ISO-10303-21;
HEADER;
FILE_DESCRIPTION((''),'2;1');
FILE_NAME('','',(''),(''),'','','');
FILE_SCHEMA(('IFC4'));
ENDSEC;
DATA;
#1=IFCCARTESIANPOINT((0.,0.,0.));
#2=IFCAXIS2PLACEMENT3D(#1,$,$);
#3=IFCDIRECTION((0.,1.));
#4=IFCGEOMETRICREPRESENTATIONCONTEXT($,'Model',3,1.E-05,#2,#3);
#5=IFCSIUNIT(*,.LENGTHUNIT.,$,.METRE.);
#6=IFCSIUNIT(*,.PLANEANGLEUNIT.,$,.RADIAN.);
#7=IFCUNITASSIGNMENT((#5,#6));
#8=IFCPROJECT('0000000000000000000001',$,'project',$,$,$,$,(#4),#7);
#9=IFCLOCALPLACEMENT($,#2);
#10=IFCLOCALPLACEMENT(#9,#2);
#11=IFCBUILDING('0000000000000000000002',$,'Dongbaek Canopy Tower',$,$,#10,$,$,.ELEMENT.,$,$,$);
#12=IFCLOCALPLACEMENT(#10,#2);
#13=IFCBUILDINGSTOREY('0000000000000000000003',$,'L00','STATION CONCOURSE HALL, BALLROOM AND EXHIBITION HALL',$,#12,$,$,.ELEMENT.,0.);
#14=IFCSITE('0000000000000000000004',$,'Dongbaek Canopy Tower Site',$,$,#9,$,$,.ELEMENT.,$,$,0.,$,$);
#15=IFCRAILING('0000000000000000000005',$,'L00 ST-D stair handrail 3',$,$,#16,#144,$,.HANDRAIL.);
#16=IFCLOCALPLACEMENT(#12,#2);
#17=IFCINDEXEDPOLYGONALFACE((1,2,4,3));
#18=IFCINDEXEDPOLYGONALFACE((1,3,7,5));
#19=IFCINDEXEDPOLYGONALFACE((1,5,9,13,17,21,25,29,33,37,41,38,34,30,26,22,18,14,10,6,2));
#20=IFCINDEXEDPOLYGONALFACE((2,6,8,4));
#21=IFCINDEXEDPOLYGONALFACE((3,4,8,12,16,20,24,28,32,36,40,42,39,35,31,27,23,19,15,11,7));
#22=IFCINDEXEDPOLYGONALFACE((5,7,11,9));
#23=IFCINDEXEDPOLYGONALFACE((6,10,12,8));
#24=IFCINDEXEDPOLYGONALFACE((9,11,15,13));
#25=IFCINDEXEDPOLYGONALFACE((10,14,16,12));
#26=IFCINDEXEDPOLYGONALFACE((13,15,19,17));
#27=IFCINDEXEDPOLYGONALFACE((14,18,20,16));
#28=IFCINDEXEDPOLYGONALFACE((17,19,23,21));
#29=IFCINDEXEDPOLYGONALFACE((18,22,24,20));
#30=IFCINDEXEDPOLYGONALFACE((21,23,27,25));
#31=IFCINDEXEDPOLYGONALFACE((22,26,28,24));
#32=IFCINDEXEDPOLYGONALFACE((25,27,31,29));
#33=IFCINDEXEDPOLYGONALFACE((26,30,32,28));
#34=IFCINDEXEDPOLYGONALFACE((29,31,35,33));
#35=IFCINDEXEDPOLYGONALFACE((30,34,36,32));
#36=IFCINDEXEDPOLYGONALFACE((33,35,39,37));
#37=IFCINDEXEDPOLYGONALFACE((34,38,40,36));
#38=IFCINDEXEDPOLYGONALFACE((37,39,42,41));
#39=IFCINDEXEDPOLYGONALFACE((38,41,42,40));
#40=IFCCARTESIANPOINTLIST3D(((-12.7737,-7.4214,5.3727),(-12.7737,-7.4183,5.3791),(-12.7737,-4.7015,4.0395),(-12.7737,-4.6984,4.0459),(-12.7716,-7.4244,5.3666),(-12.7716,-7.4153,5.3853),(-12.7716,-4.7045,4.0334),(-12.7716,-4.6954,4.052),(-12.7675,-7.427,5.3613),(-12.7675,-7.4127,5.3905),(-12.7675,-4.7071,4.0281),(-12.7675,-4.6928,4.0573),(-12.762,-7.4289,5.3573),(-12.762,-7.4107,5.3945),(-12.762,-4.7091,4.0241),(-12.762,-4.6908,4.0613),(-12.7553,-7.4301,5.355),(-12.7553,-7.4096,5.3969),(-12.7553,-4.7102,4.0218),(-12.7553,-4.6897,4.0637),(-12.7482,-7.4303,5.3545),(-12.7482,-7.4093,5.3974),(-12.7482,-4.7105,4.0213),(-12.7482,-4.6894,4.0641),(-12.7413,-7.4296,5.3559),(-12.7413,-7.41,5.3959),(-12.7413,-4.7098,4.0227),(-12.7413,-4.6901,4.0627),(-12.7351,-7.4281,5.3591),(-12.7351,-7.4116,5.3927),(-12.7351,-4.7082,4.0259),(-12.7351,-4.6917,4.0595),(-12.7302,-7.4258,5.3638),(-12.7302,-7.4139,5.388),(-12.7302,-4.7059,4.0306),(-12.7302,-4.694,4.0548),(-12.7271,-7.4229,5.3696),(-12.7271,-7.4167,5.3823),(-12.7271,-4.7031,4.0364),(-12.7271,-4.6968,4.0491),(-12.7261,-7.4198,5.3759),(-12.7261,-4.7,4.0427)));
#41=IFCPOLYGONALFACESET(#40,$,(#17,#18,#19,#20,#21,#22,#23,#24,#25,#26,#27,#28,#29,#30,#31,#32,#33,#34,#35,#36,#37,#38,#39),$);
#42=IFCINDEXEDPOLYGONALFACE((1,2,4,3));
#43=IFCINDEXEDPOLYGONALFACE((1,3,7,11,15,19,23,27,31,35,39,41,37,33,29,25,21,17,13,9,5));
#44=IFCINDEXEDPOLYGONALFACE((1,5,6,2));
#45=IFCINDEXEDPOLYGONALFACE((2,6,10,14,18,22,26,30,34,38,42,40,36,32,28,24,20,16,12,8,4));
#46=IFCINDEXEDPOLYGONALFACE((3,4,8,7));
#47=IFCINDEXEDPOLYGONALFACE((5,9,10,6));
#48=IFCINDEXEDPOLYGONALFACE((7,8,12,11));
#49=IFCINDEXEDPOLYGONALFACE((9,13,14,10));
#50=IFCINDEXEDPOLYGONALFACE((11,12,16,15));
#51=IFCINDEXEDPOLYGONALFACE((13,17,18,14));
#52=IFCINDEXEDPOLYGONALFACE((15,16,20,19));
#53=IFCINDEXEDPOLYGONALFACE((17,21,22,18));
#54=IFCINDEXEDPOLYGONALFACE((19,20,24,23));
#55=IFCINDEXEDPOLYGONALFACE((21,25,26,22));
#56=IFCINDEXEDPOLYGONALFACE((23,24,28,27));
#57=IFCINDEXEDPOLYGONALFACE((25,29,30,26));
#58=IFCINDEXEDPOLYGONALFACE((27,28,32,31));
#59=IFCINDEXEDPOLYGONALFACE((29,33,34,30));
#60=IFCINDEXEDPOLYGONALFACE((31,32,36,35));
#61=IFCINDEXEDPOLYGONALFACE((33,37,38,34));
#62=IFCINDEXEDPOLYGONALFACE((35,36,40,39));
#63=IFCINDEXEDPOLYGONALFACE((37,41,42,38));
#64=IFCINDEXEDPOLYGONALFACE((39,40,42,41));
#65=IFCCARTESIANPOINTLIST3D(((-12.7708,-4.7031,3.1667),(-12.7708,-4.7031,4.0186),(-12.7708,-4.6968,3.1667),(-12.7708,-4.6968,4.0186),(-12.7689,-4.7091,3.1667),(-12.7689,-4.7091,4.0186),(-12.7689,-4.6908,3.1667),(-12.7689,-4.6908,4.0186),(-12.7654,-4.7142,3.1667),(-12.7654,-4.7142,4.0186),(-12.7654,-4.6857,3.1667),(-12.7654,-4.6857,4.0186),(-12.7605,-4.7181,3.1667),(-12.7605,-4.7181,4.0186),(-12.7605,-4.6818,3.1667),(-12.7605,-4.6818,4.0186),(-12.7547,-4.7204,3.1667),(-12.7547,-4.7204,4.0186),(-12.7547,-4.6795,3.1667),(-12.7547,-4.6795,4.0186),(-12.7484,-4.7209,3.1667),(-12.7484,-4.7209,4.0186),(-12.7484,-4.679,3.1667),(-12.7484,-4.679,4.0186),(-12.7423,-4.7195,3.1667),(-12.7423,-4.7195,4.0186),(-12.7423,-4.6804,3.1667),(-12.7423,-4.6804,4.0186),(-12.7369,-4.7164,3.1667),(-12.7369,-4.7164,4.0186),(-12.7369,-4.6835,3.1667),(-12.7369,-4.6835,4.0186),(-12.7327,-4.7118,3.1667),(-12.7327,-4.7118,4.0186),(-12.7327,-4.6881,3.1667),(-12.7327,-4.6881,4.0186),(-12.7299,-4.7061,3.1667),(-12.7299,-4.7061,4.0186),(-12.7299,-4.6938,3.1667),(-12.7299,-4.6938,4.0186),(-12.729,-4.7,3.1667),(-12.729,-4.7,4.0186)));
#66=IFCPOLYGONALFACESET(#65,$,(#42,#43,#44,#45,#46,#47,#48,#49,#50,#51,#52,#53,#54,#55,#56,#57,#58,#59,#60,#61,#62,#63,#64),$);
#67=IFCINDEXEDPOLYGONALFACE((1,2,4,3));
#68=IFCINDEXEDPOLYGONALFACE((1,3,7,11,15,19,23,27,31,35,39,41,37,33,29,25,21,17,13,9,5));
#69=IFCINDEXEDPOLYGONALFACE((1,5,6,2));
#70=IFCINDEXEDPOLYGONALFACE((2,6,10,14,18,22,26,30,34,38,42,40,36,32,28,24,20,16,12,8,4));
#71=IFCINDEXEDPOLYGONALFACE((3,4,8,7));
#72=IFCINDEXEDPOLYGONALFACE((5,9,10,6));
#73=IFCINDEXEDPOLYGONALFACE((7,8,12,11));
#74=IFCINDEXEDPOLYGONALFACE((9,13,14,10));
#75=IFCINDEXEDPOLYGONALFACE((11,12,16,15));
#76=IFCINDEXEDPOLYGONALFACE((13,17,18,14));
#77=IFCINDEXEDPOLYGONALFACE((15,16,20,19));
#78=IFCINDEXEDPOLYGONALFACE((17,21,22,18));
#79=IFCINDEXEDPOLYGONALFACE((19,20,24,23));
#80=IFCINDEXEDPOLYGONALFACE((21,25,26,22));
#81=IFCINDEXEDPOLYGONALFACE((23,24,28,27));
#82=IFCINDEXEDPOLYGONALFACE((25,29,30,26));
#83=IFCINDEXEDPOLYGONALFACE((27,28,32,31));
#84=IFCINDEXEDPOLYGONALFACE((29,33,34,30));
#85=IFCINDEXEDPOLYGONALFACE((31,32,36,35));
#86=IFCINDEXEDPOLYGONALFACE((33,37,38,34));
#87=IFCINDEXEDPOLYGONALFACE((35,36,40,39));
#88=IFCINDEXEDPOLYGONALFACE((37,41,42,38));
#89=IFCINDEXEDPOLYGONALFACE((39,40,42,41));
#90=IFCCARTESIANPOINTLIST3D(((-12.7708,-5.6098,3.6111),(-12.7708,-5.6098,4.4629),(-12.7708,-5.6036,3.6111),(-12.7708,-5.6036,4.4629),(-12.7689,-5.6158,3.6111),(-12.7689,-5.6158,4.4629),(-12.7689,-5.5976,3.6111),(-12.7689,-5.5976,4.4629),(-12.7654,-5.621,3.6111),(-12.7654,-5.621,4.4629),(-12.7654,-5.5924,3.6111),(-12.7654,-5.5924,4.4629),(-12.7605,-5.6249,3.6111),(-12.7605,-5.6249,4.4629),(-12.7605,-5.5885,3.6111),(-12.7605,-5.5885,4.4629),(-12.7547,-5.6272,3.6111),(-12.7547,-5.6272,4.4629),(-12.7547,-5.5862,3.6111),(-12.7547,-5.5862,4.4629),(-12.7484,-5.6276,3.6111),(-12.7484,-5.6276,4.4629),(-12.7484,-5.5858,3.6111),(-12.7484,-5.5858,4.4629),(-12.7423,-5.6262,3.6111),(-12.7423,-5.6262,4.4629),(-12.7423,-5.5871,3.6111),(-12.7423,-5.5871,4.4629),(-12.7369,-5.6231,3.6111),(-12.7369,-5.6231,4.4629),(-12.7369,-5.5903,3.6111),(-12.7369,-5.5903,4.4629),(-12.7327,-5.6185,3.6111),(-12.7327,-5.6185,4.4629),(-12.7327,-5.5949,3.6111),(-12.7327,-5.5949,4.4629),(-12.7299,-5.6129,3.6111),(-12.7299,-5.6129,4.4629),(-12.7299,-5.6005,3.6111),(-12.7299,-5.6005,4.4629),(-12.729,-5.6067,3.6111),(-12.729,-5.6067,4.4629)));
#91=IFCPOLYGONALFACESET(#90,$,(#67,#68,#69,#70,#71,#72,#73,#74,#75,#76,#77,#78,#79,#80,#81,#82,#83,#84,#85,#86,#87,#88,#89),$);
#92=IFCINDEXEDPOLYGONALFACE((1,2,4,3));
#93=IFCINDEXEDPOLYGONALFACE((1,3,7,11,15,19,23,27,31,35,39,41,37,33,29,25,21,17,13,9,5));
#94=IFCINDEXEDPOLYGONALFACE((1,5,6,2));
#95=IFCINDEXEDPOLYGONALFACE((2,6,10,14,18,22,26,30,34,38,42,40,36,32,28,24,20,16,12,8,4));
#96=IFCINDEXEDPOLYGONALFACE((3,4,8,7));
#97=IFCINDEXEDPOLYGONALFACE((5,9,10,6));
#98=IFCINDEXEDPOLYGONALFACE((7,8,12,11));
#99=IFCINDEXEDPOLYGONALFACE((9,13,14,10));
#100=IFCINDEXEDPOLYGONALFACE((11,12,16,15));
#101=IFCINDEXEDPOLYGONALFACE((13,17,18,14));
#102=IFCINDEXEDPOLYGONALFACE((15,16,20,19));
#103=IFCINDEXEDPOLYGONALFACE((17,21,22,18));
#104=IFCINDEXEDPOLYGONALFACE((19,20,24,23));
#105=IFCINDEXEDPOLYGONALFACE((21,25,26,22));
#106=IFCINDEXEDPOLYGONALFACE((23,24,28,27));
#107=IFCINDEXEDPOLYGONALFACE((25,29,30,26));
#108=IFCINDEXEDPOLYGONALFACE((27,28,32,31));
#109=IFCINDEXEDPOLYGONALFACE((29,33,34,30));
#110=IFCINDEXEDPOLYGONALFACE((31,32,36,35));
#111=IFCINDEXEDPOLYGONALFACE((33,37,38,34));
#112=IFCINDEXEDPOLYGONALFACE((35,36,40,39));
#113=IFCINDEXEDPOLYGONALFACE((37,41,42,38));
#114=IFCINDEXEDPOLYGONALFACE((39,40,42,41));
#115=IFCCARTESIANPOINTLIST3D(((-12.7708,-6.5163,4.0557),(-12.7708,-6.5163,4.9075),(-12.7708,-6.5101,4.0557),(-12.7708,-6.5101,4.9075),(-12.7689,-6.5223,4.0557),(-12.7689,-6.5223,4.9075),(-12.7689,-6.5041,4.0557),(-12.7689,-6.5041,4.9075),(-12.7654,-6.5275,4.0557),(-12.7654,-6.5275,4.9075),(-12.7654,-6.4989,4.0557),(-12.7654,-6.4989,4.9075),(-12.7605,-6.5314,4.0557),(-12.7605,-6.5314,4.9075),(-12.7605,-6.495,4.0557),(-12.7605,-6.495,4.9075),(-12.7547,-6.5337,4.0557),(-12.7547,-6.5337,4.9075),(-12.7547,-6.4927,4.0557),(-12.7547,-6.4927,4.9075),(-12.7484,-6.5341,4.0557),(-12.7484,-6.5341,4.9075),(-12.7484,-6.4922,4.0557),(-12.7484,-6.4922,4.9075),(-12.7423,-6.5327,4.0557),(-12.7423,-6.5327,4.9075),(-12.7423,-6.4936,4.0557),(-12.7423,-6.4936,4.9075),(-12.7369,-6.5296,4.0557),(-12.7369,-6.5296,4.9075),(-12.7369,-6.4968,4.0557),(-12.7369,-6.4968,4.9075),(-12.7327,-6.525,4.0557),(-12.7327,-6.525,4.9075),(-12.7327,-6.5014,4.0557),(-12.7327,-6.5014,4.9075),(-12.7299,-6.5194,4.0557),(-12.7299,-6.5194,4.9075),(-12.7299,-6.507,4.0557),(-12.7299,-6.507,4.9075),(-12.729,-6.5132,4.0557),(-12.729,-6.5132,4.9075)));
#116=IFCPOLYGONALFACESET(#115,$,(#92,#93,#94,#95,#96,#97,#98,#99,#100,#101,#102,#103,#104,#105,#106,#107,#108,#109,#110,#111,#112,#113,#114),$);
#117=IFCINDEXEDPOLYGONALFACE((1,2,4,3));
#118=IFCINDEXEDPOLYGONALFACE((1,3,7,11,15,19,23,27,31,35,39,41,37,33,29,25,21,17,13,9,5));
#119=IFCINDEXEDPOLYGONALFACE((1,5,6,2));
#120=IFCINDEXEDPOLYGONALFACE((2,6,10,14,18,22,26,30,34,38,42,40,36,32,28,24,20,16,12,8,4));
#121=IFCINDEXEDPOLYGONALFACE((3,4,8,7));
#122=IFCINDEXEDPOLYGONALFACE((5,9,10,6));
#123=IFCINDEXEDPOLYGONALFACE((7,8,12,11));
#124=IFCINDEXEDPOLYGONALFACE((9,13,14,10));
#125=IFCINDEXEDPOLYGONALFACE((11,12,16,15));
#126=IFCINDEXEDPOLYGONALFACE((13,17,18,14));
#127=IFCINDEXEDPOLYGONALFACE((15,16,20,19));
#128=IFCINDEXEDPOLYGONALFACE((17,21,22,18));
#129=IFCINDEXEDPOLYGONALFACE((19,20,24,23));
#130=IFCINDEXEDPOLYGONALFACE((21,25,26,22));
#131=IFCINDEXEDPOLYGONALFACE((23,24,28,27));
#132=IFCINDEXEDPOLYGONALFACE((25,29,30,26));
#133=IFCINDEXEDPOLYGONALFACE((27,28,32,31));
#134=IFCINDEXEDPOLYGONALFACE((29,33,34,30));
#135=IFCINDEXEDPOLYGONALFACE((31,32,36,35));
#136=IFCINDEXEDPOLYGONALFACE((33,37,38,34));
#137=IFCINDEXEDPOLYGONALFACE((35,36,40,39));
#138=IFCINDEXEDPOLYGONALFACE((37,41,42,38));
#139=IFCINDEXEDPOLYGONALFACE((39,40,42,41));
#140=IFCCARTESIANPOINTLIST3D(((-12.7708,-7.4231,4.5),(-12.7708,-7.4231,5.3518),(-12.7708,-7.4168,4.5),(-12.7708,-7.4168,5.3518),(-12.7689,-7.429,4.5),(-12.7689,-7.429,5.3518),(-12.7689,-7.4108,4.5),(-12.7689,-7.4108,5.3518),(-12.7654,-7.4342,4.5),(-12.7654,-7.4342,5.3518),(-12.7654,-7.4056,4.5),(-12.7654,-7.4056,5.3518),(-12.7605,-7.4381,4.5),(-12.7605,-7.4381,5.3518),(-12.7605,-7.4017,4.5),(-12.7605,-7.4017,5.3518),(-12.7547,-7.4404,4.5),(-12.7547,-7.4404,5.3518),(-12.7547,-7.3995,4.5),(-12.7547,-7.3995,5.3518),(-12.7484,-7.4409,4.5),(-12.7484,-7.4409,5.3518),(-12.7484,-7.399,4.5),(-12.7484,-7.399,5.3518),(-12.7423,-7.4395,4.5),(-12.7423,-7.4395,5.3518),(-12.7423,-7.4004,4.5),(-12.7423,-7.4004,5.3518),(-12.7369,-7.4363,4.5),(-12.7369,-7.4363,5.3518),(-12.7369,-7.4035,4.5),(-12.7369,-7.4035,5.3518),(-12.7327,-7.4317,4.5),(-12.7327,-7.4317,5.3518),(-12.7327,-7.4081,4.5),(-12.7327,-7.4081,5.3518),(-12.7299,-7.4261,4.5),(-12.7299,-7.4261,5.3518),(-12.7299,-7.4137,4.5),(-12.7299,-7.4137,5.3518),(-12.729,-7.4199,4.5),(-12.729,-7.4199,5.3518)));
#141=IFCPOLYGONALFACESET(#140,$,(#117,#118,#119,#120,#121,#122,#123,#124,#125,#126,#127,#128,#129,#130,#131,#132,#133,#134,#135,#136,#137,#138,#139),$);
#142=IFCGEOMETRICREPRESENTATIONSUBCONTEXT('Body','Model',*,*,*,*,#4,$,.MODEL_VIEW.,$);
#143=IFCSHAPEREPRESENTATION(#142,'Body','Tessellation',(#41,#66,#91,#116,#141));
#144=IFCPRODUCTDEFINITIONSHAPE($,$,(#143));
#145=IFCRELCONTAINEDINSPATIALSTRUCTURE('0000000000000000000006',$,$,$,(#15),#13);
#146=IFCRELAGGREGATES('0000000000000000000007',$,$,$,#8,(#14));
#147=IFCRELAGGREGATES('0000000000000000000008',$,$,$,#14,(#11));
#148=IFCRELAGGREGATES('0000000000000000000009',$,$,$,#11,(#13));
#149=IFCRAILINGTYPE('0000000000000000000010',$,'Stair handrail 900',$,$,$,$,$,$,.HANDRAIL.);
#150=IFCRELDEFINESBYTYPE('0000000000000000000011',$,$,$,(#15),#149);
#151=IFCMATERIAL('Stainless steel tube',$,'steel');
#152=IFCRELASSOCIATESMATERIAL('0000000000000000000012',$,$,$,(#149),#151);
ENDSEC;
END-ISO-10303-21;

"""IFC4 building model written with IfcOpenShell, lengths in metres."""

from ifc_helpers import new_model, si_unit, direction, frame, origin, origin_2d, place, context, subcontext, project, spatial, circle, extrude, material, type_object, element, save


model = new_model("IFC4")

# Units and contexts
model_context = context("Model", 3, precision=1e-05, world=origin(), true_north=direction((0.0, 1.0)))
body_context = subcontext(model_context, "Body", "Model", "MODEL_VIEW")
ifc_project = project(units=[si_unit("LENGTHUNIT", "METRE"), si_unit("PLANEANGLEUNIT", "RADIAN")], contexts=[model_context])

# Site, building, storey
site_placement = place(None, origin())
site = spatial("IfcSite", under=ifc_project, at=site_placement, Name="Dongbaek Canopy Tower Site", CompositionType="ELEMENT", RefElevation=0.0)
building_placement = place(site_placement, origin())
building = spatial("IfcBuilding", under=site, at=building_placement, Name="Dongbaek Canopy Tower", CompositionType="ELEMENT")
storey_placement = place(building_placement, origin())
storey = spatial("IfcBuildingStorey", under=building, at=storey_placement, Name="L00", Description="STATION CONCOURSE HALL, BALLROOM AND EXHIBITION HALL", CompositionType="ELEMENT", Elevation=0.0)

# Railing
ifc_material_1 = material(Name="Stainless steel tube", Category="steel")
railing_type_1 = type_object("IfcRailingType", Name="Stair handrail 900", PredefinedType="HANDRAIL", material=ifc_material_1)
railing_1_placement = place(storey_placement, frame((-12.75, -4.7, 3.1667)))
element("IfcRailing", 1, at=railing_1_placement, inside=storey, type_object=railing_type_1, Name="L00 ST-D stair handrail 3", PredefinedType="HANDRAIL", context=body_context, shape_type="SweptSolid", body=[
    extrude(circle(Radius=0.0239, at=origin_2d()), frame((0.0, 0.0, 0.876), z_axis=(0.0, -0.897929, 0.440139), x_axis=(1.0, 0.0, 0.0)), (0.0, 0.0, 1.0), 3.0291),
    extrude(circle(Radius=0.021, at=origin_2d()), origin(), (0.0, 0.0, 1.0), 0.8518),
    extrude(circle(Radius=0.021, at=origin_2d()), frame((0.0, -0.9067, 0.4443)), (0.0, 0.0, 1.0), 0.8518),
    extrude(circle(Radius=0.021, at=origin_2d()), frame((0.0, -1.8132, 0.8889)), (0.0, 0.0, 1.0), 0.8518),
    extrude(circle(Radius=0.021, at=origin_2d()), frame((0.0, -2.72, 1.3333)), (0.0, 0.0, 1.0), 0.8518),
])

save(model, "model.ifc")
